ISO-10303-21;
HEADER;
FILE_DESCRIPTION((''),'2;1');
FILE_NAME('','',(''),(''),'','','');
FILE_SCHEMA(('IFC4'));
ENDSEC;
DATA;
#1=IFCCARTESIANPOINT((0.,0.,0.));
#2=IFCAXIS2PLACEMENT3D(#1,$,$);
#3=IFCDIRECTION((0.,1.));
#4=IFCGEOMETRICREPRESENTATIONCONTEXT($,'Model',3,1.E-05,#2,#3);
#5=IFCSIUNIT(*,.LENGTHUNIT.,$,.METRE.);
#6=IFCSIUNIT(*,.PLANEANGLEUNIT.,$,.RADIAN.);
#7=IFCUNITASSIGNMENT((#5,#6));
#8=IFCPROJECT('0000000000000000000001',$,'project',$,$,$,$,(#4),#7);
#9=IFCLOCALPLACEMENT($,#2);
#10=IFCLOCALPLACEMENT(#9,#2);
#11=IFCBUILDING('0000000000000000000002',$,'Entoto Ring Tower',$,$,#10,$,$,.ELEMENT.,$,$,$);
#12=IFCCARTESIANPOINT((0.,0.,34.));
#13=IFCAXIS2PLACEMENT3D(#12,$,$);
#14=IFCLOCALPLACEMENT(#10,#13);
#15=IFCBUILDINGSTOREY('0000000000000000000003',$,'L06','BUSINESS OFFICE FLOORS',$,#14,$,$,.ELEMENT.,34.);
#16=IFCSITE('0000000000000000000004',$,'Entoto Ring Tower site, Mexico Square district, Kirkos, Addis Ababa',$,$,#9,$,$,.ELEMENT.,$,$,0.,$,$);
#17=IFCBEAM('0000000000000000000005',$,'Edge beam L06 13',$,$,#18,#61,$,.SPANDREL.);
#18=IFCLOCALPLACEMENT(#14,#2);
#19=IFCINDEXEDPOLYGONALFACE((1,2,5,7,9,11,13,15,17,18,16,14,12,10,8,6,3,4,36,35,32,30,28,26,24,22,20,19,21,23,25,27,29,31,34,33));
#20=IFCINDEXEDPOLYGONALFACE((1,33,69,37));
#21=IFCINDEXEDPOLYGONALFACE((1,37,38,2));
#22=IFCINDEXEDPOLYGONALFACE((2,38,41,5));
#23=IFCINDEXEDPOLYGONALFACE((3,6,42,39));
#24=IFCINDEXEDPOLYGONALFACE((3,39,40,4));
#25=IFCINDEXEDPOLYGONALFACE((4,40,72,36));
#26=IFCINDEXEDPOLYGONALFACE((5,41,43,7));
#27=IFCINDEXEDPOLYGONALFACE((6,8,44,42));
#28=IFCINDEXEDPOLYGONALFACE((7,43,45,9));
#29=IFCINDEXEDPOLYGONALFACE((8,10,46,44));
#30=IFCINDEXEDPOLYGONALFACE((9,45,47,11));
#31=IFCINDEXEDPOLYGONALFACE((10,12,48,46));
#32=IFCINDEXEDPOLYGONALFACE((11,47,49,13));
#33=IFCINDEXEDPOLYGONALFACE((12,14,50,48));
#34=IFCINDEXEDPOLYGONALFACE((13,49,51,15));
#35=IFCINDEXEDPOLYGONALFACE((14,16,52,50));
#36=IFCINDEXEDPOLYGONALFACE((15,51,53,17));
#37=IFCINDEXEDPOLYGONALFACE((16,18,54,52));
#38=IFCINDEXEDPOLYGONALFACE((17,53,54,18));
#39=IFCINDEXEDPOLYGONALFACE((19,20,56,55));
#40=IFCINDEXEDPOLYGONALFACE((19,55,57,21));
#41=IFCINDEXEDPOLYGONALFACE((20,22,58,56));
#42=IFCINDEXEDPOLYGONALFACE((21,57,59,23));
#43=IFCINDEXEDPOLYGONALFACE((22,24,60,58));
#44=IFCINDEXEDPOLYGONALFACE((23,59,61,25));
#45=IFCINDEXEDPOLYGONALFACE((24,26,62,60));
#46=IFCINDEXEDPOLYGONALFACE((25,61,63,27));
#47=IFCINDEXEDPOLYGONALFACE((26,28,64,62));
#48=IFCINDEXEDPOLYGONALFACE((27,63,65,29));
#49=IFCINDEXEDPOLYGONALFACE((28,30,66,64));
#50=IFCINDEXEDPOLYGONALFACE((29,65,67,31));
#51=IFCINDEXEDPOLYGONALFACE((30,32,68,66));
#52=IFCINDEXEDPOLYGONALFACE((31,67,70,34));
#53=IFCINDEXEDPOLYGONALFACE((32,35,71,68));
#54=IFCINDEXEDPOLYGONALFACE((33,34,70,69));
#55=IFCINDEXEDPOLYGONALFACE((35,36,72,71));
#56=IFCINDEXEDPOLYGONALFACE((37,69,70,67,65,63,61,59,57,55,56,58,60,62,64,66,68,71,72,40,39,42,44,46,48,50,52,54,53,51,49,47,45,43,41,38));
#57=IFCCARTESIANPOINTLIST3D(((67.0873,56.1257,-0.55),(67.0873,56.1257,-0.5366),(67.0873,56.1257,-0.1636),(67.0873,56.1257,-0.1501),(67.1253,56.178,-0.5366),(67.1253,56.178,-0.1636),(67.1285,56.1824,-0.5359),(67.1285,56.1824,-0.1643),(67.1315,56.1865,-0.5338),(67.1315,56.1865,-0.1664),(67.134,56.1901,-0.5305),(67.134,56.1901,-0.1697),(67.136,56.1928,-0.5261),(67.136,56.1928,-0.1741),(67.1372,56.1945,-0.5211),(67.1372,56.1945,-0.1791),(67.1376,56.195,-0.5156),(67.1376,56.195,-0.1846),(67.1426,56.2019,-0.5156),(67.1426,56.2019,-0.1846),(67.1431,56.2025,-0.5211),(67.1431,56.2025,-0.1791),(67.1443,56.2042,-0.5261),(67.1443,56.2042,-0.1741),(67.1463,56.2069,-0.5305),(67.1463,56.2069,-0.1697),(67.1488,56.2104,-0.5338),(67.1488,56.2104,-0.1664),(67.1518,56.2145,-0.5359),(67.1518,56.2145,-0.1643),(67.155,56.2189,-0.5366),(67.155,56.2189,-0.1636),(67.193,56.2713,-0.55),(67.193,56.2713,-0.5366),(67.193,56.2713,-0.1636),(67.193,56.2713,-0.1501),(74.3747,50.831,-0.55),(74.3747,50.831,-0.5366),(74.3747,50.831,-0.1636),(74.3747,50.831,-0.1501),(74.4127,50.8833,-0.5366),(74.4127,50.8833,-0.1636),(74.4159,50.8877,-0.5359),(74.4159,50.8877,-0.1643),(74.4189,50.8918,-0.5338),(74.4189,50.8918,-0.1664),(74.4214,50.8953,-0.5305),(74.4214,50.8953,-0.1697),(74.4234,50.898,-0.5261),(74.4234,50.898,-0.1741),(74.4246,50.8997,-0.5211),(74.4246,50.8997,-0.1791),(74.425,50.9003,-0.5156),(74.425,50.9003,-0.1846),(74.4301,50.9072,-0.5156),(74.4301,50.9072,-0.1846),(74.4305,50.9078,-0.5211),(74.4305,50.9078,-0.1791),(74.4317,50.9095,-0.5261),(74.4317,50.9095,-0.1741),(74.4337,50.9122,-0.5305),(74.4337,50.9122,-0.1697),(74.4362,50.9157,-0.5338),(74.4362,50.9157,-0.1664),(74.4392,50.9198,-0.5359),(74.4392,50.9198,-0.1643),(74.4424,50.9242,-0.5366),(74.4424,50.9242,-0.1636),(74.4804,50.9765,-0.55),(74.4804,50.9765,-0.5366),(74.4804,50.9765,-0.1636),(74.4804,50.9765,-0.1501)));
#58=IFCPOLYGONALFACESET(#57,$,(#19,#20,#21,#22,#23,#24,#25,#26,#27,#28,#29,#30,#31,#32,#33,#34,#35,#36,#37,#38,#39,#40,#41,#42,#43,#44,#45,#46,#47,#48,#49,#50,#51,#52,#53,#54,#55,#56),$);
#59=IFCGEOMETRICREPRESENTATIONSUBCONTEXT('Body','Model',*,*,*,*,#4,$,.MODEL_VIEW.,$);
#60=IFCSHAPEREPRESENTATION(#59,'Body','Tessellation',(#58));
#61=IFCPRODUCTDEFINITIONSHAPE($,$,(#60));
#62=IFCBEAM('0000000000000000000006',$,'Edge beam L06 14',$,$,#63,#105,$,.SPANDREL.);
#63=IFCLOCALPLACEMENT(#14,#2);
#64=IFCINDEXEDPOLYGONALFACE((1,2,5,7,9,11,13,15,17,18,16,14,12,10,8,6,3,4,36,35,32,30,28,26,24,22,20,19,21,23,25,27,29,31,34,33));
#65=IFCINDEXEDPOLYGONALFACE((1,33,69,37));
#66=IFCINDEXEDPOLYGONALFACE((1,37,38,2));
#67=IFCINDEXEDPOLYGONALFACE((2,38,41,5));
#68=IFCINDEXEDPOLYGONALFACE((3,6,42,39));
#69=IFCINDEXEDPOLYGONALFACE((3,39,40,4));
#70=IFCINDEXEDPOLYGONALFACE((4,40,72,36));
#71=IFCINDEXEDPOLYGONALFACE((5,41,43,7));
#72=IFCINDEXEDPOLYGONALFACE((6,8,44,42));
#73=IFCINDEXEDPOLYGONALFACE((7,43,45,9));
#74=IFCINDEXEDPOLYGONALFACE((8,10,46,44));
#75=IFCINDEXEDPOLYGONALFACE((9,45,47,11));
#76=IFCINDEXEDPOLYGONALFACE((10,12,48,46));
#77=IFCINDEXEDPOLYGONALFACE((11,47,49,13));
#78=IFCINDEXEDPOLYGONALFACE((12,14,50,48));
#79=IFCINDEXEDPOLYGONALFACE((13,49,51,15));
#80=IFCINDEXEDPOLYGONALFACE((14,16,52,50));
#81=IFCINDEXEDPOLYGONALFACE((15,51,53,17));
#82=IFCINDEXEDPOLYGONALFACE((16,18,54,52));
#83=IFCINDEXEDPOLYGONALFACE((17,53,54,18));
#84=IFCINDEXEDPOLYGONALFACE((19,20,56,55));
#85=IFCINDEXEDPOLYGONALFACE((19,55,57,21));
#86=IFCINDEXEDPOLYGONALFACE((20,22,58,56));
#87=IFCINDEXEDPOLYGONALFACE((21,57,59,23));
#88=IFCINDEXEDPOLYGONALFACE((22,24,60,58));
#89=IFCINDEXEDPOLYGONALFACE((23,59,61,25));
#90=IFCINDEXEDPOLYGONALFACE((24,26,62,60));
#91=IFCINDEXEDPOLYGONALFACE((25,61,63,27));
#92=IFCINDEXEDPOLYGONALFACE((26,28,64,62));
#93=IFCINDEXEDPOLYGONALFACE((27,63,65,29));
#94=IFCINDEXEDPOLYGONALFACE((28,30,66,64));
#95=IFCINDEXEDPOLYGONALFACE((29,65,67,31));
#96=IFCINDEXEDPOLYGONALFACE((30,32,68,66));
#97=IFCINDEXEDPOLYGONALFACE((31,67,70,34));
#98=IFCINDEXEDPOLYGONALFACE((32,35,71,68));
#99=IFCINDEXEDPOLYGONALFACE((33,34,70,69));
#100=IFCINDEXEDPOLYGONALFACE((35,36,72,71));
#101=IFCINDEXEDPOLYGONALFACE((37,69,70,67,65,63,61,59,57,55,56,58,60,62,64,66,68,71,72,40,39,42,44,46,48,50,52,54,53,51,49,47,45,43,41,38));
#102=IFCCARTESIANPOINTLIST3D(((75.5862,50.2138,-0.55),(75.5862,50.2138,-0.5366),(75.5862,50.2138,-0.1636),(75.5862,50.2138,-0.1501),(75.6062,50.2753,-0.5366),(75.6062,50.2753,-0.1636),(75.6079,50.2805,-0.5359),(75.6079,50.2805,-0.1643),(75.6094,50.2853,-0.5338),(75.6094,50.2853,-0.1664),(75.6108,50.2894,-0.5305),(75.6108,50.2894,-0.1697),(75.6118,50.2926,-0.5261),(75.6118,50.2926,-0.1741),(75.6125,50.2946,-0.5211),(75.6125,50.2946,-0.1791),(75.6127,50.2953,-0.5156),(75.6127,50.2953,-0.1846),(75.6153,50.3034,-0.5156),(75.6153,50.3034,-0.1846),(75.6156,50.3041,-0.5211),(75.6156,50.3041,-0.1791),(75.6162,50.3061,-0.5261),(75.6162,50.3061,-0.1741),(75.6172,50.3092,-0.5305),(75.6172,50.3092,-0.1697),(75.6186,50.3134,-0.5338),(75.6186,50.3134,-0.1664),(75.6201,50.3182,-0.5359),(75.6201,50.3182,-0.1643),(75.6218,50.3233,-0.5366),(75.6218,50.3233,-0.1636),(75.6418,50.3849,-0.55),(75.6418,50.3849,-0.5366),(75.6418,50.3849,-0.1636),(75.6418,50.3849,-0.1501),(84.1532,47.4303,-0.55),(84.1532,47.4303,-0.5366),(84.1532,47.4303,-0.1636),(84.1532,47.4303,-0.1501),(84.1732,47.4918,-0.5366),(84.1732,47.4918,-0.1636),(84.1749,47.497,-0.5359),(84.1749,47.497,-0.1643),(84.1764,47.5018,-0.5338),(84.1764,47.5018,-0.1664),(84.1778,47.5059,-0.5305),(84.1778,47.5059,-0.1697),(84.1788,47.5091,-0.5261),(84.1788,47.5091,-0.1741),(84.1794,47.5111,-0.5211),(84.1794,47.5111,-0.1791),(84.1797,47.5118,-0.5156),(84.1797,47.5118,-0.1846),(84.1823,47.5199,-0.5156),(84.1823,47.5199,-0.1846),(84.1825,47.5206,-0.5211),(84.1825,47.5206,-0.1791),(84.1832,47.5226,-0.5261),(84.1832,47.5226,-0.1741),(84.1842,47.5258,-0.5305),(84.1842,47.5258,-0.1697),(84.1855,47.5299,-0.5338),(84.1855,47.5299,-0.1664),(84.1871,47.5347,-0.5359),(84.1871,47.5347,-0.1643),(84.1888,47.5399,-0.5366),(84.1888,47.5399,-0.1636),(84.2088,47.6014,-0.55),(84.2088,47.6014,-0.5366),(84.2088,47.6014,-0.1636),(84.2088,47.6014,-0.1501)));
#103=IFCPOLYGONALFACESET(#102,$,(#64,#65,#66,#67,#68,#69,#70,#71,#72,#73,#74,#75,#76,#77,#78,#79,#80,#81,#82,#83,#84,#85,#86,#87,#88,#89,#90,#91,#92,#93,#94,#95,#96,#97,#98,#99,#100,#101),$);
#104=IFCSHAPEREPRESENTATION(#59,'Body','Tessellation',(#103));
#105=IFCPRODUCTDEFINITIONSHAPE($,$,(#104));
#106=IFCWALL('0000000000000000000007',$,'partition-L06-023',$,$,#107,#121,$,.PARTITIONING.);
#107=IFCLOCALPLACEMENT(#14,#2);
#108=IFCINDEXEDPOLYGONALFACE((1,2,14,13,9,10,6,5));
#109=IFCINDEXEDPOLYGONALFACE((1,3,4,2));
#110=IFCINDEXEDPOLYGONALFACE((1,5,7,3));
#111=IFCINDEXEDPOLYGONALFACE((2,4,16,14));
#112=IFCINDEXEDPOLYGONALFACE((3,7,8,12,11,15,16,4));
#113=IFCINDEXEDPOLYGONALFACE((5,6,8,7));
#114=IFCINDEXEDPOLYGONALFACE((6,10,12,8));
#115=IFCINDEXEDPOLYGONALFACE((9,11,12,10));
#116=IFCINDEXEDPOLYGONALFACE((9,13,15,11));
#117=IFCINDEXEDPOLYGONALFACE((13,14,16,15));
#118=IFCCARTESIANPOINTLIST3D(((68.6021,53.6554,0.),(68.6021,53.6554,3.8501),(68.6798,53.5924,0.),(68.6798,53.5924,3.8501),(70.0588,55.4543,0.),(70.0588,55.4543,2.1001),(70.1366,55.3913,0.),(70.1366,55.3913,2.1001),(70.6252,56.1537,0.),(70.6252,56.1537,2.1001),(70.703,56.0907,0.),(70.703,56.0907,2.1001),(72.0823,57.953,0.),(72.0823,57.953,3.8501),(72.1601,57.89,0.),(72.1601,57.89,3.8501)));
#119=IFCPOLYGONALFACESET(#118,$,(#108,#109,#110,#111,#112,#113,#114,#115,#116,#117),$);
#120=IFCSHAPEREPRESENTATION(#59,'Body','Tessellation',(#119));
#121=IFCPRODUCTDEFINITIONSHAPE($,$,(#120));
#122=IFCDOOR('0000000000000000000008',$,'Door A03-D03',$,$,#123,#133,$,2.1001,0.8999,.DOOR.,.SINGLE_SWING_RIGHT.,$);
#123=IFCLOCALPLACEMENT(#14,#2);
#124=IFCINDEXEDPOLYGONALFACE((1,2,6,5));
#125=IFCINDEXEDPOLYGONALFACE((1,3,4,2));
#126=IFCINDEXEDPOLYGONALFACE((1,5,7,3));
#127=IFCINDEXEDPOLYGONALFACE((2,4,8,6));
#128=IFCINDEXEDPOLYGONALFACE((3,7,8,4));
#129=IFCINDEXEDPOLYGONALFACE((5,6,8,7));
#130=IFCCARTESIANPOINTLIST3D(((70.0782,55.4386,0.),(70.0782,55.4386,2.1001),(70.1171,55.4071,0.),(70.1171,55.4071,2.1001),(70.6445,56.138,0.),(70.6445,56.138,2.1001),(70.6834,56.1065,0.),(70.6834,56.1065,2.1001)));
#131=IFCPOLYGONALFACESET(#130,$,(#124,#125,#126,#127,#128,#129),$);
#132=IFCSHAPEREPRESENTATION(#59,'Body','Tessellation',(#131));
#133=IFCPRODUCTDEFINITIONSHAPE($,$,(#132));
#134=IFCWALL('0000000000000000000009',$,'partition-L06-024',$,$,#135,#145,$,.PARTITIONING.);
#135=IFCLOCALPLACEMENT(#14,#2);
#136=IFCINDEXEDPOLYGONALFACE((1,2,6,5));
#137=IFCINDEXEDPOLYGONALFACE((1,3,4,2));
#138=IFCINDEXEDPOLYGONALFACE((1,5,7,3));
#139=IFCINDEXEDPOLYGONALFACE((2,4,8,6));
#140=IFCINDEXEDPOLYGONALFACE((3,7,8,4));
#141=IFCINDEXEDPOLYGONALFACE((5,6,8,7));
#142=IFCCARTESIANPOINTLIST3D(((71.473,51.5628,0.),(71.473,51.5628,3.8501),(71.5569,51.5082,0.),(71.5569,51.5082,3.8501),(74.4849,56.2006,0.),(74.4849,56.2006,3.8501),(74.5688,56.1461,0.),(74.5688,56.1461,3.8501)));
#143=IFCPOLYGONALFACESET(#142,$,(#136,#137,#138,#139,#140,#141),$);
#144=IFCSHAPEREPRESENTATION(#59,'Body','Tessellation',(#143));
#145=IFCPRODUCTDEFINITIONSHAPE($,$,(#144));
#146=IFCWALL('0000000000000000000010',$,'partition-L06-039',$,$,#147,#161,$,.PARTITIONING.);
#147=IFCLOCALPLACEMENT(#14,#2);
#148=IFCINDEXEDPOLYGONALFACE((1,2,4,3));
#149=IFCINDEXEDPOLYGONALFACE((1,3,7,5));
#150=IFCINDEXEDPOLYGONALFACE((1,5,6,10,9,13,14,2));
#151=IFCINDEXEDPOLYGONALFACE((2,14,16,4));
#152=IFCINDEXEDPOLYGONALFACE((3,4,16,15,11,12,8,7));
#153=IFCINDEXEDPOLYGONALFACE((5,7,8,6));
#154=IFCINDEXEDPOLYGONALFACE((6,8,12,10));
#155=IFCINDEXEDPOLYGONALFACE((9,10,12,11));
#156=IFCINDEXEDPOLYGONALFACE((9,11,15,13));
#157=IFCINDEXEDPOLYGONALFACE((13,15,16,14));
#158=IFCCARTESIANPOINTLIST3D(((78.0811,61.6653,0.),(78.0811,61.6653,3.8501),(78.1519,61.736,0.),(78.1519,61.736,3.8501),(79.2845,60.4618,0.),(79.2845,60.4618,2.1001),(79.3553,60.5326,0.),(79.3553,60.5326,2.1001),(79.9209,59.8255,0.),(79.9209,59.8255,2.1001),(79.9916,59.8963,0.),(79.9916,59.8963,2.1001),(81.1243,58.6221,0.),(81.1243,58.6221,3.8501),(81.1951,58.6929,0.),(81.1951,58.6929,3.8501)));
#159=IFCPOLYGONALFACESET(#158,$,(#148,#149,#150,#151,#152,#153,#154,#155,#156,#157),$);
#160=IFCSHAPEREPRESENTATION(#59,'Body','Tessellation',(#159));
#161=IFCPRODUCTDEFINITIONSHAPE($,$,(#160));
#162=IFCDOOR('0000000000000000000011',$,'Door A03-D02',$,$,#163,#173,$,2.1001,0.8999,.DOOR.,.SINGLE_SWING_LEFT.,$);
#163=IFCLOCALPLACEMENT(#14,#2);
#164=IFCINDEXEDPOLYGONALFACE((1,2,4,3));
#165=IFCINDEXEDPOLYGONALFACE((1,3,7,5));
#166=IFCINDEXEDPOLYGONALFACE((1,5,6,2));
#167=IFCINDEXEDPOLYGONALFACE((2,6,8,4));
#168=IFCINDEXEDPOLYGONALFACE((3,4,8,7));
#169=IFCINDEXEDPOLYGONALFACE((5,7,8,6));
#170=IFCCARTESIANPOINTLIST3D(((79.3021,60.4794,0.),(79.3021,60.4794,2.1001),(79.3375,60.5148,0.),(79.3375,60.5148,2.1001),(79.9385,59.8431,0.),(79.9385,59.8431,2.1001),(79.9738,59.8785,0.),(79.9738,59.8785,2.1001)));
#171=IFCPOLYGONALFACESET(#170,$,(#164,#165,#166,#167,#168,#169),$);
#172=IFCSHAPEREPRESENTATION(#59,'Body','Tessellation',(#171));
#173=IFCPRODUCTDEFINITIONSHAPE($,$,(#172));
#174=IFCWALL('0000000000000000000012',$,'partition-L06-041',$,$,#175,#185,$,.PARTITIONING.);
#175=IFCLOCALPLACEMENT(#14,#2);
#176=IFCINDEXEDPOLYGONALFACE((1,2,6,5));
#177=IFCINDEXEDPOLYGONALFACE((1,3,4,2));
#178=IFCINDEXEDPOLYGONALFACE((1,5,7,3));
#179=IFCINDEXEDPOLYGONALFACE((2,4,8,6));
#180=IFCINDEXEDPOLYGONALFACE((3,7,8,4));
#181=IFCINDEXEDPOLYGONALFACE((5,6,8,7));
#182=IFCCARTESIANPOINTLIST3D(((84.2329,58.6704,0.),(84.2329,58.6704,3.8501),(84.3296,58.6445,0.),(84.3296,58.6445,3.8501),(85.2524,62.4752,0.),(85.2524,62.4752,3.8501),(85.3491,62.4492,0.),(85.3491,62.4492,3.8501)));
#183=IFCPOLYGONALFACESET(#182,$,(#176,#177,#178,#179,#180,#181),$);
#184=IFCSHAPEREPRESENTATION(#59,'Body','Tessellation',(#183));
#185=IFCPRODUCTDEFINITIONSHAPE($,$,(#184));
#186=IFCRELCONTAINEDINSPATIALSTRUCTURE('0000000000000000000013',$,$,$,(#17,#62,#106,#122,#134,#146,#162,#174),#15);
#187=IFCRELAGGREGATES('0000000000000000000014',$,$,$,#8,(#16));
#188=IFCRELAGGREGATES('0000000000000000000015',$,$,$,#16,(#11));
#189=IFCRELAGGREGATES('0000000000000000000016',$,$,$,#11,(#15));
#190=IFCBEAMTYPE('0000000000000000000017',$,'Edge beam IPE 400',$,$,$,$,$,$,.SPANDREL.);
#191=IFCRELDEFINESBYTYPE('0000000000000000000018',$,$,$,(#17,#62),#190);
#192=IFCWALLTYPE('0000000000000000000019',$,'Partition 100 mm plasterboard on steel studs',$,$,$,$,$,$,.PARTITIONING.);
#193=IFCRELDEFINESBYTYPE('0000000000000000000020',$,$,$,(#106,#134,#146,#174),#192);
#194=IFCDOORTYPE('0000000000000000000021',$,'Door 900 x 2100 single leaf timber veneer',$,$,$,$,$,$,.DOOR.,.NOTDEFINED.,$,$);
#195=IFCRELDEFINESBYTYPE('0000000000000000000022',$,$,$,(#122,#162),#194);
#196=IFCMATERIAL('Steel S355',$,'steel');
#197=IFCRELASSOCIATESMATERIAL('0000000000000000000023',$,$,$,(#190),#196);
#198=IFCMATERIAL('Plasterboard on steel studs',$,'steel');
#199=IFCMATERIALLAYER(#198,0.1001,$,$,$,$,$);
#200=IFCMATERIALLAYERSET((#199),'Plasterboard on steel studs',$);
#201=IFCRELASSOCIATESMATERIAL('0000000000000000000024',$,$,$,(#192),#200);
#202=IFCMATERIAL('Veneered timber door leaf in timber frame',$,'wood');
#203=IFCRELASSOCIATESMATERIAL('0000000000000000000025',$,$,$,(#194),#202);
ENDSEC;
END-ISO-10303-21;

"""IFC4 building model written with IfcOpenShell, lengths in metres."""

from ifc_helpers import new_model, si_unit, direction, frame, frame_2d, origin, origin_2d, place, context, subcontext, project, spatial, rectangle, i_section, extrude, material, layer, layer_set, material_profile, profile_set, type_object, element, fill, save


model = new_model("IFC4")

# Units and contexts
model_context = context("Model", 3, precision=1e-05, world=origin(), true_north=direction((0.0, 1.0)))
body_context = subcontext(model_context, "Body", "Model", "MODEL_VIEW")
ifc_project = project(units=[si_unit("LENGTHUNIT", "METRE"), si_unit("PLANEANGLEUNIT", "RADIAN")], contexts=[model_context])

# Site, building, storey
site_placement = place(None, origin())
site = spatial("IfcSite", under=ifc_project, at=site_placement, Name="Entoto Ring Tower site, Mexico Square district, Kirkos, Addis Ababa", CompositionType="ELEMENT", RefElevation=0.0)
building_placement = place(site_placement, origin())
building = spatial("IfcBuilding", under=site, at=building_placement, Name="Entoto Ring Tower", CompositionType="ELEMENT")
storey_placement = place(building_placement, frame((0.0, 0.0, 34.0)))
storey = spatial("IfcBuildingStorey", under=building, at=storey_placement, Name="L06", Description="BUSINESS OFFICE FLOORS", CompositionType="ELEMENT", Elevation=34.0)

# Beams
ifc_material_1 = material(Name="Steel S355", Category="steel")
ifc_material_profile_1 = material_profile(ifc_material_1, i_section(OverallWidth=0.1799, OverallDepth=0.3999, WebThickness=0.0085, FlangeThickness=0.0134, FilletRadius=0.021, at=origin_2d()), Name="IPE 400")
ifc_profile_set_1 = profile_set([ifc_material_profile_1], Name="Steel S355")
beam_type = type_object("IfcBeamType", Name="Edge beam IPE 400", PredefinedType="SPANDREL", material=ifc_profile_set_1)
for number, where, z_axis, x_axis, name in (
    (1, (67.1401, 56.1985, -0.3501), (0.809011, -0.587793, 0.0), (0.587793, 0.809011, 0.0), "Edge beam L06 13"),
    (2, (75.614, 50.2993, -0.3501), (0.95106, -0.309006, 0.0), (0.309006, 0.95106, 0.0), "Edge beam L06 14"),
):
    element("IfcBeam", number, at=place(storey_placement, frame(where, z_axis=z_axis, x_axis=x_axis)), inside=storey, type_object=beam_type, Name=name, PredefinedType="SPANDREL", context=body_context, shape_type="SweptSolid", body=[
        extrude(i_section(OverallWidth=0.1799, OverallDepth=0.3999, WebThickness=0.0085, FlangeThickness=0.0134, FilletRadius=0.021, at=origin_2d()), origin(), (0.0, 0.0, 1.0), 9.0078),
    ])

# Wall, opening, door
ifc_material_2 = material(Name="Plasterboard on steel studs", Category="steel")
ifc_layer_1 = layer(ifc_material_2, 0.1001)
ifc_layer_set_1 = layer_set([ifc_layer_1], Name="Plasterboard on steel studs")
wall_type_1 = type_object("IfcWallType", Name="Partition 100 mm plasterboard on steel studs", PredefinedType="PARTITIONING", material=ifc_layer_set_1)
wall_1_placement = place(storey_placement, frame((68.6409, 53.6238, 0.0), z_axis=(0.0, 0.0, 1.0), x_axis=(0.62933, 0.777138, 0.0)))
wall_1 = element("IfcWall", 3, at=wall_1_placement, inside=storey, type_object=wall_type_1, Name="partition-L06-023", PredefinedType="PARTITIONING", context=body_context, shape_type="SweptSolid", body=[
    extrude(rectangle(XDim=5.53, YDim=0.1001, at=frame_2d((2.7651, 0.0))), origin(), (0.0, 0.0, 1.0), 3.8501),
])
opening_1_placement = place(wall_1_placement, frame((2.3149, 0.0, 0.0)))
opening_1 = element("IfcOpeningElement", 4, at=opening_1_placement, cuts=wall_1, PredefinedType="OPENING", context=body_context, shape_type="SweptSolid", body=[
    extrude(rectangle(XDim=0.8999, YDim=2.1001, at=frame_2d((0.45, 1.05))), frame((0.0, 0.0601, 0.0), z_axis=(0.0, -1.0, 0.0), x_axis=(1.0, 0.0, 0.0)), (0.0, 0.0, 1.0), 0.1201),
])
ifc_material_3 = material(Name="Veneered timber door leaf in timber frame", Category="wood")
door_type = type_object("IfcDoorType", Name="Door 900 x 2100 single leaf timber veneer", OperationType="NOTDEFINED", PredefinedType="DOOR", material=ifc_material_3)
door_1_placement = place(opening_1_placement, frame((0.8999, 0.0, 0.0), z_axis=(0.0, 0.0, 1.0), x_axis=(-1.0, 0.0, 0.0)))
door_1 = element("IfcDoor", 5, at=door_1_placement, inside=storey, type_object=door_type, Name="Door A03-D03", OperationType="SINGLE_SWING_RIGHT", OverallHeight=2.1001, OverallWidth=0.8999, PredefinedType="DOOR", context=body_context, shape_type="SweptSolid", body=[
    extrude(rectangle(XDim=0.8999, YDim=2.1001, at=frame_2d((0.45, 1.05))), frame((0.0, 0.0249, 0.0), z_axis=(0.0, -1.0, 0.0), x_axis=(1.0, 0.0, 0.0)), (0.0, 0.0, 1.0), 0.05),
])
fill(opening_1, door_1)

# Wall
wall_2_placement = place(storey_placement, frame((71.5149, 51.5354, 0.0), z_axis=(0.0, 0.0, 1.0), x_axis=(0.544645, 0.838666, 0.0)))
element("IfcWall", 6, at=wall_2_placement, inside=storey, type_object=wall_type_1, Name="partition-L06-024", PredefinedType="PARTITIONING", context=body_context, shape_type="SweptSolid", body=[
    extrude(rectangle(XDim=5.53, YDim=0.1001, at=frame_2d((2.7651, 0.0))), origin(), (0.0, 0.0, 1.0), 3.8501),
])

# Wall, opening, door
wall_3_placement = place(storey_placement, frame((81.1597, 58.6575, 0.0), z_axis=(0.0, 0.0, 1.0), x_axis=(-0.707107, 0.707107, 0.0)))
wall_3 = element("IfcWall", 7, at=wall_3_placement, inside=storey, type_object=wall_type_1, Name="partition-L06-039", PredefinedType="PARTITIONING", context=body_context, shape_type="SweptSolid", body=[
    extrude(rectangle(XDim=4.3037, YDim=0.1001, at=frame_2d((2.1519, 0.0))), origin(), (0.0, 0.0, 1.0), 3.8501),
])
opening_2_placement = place(wall_3_placement, frame((1.7019, 0.0, 0.0)))
opening_2 = element("IfcOpeningElement", 8, at=opening_2_placement, cuts=wall_3, PredefinedType="OPENING", context=body_context, shape_type="SweptSolid", body=[
    extrude(rectangle(XDim=0.8999, YDim=2.1001, at=frame_2d((0.45, 1.05))), frame((0.0, 0.0601, 0.0), z_axis=(0.0, -1.0, 0.0), x_axis=(1.0, 0.0, 0.0)), (0.0, 0.0, 1.0), 0.1201),
])
door_2_placement = place(opening_2_placement, frame((0.8999, 0.0, 0.0), z_axis=(0.0, 0.0, 1.0), x_axis=(-1.0, 0.0, 0.0)))
door_2 = element("IfcDoor", 9, at=door_2_placement, inside=storey, type_object=door_type, Name="Door A03-D02", OperationType="SINGLE_SWING_LEFT", OverallHeight=2.1001, OverallWidth=0.8999, PredefinedType="DOOR", context=body_context, shape_type="SweptSolid", body=[
    extrude(rectangle(XDim=0.8999, YDim=2.1001, at=frame_2d((0.45, 1.05))), frame((0.0, 0.0249, 0.0), z_axis=(0.0, -1.0, 0.0), x_axis=(1.0, 0.0, 0.0)), (0.0, 0.0, 1.0), 0.05),
])
fill(opening_2, door_2)

# Wall
wall_4_placement = place(storey_placement, frame((84.2812, 58.6575, 0.0), z_axis=(0.0, 0.0, 1.0), x_axis=(0.258835, 0.965921, 0.0)))
element("IfcWall", 10, at=wall_4_placement, inside=storey, type_object=wall_type_1, Name="partition-L06-041", PredefinedType="PARTITIONING", context=body_context, shape_type="SweptSolid", body=[
    extrude(rectangle(XDim=3.939, YDim=0.1001, at=frame_2d((1.9695, 0.0))), origin(), (0.0, 0.0, 1.0), 3.8501),
])

save(model, "model.ifc")
